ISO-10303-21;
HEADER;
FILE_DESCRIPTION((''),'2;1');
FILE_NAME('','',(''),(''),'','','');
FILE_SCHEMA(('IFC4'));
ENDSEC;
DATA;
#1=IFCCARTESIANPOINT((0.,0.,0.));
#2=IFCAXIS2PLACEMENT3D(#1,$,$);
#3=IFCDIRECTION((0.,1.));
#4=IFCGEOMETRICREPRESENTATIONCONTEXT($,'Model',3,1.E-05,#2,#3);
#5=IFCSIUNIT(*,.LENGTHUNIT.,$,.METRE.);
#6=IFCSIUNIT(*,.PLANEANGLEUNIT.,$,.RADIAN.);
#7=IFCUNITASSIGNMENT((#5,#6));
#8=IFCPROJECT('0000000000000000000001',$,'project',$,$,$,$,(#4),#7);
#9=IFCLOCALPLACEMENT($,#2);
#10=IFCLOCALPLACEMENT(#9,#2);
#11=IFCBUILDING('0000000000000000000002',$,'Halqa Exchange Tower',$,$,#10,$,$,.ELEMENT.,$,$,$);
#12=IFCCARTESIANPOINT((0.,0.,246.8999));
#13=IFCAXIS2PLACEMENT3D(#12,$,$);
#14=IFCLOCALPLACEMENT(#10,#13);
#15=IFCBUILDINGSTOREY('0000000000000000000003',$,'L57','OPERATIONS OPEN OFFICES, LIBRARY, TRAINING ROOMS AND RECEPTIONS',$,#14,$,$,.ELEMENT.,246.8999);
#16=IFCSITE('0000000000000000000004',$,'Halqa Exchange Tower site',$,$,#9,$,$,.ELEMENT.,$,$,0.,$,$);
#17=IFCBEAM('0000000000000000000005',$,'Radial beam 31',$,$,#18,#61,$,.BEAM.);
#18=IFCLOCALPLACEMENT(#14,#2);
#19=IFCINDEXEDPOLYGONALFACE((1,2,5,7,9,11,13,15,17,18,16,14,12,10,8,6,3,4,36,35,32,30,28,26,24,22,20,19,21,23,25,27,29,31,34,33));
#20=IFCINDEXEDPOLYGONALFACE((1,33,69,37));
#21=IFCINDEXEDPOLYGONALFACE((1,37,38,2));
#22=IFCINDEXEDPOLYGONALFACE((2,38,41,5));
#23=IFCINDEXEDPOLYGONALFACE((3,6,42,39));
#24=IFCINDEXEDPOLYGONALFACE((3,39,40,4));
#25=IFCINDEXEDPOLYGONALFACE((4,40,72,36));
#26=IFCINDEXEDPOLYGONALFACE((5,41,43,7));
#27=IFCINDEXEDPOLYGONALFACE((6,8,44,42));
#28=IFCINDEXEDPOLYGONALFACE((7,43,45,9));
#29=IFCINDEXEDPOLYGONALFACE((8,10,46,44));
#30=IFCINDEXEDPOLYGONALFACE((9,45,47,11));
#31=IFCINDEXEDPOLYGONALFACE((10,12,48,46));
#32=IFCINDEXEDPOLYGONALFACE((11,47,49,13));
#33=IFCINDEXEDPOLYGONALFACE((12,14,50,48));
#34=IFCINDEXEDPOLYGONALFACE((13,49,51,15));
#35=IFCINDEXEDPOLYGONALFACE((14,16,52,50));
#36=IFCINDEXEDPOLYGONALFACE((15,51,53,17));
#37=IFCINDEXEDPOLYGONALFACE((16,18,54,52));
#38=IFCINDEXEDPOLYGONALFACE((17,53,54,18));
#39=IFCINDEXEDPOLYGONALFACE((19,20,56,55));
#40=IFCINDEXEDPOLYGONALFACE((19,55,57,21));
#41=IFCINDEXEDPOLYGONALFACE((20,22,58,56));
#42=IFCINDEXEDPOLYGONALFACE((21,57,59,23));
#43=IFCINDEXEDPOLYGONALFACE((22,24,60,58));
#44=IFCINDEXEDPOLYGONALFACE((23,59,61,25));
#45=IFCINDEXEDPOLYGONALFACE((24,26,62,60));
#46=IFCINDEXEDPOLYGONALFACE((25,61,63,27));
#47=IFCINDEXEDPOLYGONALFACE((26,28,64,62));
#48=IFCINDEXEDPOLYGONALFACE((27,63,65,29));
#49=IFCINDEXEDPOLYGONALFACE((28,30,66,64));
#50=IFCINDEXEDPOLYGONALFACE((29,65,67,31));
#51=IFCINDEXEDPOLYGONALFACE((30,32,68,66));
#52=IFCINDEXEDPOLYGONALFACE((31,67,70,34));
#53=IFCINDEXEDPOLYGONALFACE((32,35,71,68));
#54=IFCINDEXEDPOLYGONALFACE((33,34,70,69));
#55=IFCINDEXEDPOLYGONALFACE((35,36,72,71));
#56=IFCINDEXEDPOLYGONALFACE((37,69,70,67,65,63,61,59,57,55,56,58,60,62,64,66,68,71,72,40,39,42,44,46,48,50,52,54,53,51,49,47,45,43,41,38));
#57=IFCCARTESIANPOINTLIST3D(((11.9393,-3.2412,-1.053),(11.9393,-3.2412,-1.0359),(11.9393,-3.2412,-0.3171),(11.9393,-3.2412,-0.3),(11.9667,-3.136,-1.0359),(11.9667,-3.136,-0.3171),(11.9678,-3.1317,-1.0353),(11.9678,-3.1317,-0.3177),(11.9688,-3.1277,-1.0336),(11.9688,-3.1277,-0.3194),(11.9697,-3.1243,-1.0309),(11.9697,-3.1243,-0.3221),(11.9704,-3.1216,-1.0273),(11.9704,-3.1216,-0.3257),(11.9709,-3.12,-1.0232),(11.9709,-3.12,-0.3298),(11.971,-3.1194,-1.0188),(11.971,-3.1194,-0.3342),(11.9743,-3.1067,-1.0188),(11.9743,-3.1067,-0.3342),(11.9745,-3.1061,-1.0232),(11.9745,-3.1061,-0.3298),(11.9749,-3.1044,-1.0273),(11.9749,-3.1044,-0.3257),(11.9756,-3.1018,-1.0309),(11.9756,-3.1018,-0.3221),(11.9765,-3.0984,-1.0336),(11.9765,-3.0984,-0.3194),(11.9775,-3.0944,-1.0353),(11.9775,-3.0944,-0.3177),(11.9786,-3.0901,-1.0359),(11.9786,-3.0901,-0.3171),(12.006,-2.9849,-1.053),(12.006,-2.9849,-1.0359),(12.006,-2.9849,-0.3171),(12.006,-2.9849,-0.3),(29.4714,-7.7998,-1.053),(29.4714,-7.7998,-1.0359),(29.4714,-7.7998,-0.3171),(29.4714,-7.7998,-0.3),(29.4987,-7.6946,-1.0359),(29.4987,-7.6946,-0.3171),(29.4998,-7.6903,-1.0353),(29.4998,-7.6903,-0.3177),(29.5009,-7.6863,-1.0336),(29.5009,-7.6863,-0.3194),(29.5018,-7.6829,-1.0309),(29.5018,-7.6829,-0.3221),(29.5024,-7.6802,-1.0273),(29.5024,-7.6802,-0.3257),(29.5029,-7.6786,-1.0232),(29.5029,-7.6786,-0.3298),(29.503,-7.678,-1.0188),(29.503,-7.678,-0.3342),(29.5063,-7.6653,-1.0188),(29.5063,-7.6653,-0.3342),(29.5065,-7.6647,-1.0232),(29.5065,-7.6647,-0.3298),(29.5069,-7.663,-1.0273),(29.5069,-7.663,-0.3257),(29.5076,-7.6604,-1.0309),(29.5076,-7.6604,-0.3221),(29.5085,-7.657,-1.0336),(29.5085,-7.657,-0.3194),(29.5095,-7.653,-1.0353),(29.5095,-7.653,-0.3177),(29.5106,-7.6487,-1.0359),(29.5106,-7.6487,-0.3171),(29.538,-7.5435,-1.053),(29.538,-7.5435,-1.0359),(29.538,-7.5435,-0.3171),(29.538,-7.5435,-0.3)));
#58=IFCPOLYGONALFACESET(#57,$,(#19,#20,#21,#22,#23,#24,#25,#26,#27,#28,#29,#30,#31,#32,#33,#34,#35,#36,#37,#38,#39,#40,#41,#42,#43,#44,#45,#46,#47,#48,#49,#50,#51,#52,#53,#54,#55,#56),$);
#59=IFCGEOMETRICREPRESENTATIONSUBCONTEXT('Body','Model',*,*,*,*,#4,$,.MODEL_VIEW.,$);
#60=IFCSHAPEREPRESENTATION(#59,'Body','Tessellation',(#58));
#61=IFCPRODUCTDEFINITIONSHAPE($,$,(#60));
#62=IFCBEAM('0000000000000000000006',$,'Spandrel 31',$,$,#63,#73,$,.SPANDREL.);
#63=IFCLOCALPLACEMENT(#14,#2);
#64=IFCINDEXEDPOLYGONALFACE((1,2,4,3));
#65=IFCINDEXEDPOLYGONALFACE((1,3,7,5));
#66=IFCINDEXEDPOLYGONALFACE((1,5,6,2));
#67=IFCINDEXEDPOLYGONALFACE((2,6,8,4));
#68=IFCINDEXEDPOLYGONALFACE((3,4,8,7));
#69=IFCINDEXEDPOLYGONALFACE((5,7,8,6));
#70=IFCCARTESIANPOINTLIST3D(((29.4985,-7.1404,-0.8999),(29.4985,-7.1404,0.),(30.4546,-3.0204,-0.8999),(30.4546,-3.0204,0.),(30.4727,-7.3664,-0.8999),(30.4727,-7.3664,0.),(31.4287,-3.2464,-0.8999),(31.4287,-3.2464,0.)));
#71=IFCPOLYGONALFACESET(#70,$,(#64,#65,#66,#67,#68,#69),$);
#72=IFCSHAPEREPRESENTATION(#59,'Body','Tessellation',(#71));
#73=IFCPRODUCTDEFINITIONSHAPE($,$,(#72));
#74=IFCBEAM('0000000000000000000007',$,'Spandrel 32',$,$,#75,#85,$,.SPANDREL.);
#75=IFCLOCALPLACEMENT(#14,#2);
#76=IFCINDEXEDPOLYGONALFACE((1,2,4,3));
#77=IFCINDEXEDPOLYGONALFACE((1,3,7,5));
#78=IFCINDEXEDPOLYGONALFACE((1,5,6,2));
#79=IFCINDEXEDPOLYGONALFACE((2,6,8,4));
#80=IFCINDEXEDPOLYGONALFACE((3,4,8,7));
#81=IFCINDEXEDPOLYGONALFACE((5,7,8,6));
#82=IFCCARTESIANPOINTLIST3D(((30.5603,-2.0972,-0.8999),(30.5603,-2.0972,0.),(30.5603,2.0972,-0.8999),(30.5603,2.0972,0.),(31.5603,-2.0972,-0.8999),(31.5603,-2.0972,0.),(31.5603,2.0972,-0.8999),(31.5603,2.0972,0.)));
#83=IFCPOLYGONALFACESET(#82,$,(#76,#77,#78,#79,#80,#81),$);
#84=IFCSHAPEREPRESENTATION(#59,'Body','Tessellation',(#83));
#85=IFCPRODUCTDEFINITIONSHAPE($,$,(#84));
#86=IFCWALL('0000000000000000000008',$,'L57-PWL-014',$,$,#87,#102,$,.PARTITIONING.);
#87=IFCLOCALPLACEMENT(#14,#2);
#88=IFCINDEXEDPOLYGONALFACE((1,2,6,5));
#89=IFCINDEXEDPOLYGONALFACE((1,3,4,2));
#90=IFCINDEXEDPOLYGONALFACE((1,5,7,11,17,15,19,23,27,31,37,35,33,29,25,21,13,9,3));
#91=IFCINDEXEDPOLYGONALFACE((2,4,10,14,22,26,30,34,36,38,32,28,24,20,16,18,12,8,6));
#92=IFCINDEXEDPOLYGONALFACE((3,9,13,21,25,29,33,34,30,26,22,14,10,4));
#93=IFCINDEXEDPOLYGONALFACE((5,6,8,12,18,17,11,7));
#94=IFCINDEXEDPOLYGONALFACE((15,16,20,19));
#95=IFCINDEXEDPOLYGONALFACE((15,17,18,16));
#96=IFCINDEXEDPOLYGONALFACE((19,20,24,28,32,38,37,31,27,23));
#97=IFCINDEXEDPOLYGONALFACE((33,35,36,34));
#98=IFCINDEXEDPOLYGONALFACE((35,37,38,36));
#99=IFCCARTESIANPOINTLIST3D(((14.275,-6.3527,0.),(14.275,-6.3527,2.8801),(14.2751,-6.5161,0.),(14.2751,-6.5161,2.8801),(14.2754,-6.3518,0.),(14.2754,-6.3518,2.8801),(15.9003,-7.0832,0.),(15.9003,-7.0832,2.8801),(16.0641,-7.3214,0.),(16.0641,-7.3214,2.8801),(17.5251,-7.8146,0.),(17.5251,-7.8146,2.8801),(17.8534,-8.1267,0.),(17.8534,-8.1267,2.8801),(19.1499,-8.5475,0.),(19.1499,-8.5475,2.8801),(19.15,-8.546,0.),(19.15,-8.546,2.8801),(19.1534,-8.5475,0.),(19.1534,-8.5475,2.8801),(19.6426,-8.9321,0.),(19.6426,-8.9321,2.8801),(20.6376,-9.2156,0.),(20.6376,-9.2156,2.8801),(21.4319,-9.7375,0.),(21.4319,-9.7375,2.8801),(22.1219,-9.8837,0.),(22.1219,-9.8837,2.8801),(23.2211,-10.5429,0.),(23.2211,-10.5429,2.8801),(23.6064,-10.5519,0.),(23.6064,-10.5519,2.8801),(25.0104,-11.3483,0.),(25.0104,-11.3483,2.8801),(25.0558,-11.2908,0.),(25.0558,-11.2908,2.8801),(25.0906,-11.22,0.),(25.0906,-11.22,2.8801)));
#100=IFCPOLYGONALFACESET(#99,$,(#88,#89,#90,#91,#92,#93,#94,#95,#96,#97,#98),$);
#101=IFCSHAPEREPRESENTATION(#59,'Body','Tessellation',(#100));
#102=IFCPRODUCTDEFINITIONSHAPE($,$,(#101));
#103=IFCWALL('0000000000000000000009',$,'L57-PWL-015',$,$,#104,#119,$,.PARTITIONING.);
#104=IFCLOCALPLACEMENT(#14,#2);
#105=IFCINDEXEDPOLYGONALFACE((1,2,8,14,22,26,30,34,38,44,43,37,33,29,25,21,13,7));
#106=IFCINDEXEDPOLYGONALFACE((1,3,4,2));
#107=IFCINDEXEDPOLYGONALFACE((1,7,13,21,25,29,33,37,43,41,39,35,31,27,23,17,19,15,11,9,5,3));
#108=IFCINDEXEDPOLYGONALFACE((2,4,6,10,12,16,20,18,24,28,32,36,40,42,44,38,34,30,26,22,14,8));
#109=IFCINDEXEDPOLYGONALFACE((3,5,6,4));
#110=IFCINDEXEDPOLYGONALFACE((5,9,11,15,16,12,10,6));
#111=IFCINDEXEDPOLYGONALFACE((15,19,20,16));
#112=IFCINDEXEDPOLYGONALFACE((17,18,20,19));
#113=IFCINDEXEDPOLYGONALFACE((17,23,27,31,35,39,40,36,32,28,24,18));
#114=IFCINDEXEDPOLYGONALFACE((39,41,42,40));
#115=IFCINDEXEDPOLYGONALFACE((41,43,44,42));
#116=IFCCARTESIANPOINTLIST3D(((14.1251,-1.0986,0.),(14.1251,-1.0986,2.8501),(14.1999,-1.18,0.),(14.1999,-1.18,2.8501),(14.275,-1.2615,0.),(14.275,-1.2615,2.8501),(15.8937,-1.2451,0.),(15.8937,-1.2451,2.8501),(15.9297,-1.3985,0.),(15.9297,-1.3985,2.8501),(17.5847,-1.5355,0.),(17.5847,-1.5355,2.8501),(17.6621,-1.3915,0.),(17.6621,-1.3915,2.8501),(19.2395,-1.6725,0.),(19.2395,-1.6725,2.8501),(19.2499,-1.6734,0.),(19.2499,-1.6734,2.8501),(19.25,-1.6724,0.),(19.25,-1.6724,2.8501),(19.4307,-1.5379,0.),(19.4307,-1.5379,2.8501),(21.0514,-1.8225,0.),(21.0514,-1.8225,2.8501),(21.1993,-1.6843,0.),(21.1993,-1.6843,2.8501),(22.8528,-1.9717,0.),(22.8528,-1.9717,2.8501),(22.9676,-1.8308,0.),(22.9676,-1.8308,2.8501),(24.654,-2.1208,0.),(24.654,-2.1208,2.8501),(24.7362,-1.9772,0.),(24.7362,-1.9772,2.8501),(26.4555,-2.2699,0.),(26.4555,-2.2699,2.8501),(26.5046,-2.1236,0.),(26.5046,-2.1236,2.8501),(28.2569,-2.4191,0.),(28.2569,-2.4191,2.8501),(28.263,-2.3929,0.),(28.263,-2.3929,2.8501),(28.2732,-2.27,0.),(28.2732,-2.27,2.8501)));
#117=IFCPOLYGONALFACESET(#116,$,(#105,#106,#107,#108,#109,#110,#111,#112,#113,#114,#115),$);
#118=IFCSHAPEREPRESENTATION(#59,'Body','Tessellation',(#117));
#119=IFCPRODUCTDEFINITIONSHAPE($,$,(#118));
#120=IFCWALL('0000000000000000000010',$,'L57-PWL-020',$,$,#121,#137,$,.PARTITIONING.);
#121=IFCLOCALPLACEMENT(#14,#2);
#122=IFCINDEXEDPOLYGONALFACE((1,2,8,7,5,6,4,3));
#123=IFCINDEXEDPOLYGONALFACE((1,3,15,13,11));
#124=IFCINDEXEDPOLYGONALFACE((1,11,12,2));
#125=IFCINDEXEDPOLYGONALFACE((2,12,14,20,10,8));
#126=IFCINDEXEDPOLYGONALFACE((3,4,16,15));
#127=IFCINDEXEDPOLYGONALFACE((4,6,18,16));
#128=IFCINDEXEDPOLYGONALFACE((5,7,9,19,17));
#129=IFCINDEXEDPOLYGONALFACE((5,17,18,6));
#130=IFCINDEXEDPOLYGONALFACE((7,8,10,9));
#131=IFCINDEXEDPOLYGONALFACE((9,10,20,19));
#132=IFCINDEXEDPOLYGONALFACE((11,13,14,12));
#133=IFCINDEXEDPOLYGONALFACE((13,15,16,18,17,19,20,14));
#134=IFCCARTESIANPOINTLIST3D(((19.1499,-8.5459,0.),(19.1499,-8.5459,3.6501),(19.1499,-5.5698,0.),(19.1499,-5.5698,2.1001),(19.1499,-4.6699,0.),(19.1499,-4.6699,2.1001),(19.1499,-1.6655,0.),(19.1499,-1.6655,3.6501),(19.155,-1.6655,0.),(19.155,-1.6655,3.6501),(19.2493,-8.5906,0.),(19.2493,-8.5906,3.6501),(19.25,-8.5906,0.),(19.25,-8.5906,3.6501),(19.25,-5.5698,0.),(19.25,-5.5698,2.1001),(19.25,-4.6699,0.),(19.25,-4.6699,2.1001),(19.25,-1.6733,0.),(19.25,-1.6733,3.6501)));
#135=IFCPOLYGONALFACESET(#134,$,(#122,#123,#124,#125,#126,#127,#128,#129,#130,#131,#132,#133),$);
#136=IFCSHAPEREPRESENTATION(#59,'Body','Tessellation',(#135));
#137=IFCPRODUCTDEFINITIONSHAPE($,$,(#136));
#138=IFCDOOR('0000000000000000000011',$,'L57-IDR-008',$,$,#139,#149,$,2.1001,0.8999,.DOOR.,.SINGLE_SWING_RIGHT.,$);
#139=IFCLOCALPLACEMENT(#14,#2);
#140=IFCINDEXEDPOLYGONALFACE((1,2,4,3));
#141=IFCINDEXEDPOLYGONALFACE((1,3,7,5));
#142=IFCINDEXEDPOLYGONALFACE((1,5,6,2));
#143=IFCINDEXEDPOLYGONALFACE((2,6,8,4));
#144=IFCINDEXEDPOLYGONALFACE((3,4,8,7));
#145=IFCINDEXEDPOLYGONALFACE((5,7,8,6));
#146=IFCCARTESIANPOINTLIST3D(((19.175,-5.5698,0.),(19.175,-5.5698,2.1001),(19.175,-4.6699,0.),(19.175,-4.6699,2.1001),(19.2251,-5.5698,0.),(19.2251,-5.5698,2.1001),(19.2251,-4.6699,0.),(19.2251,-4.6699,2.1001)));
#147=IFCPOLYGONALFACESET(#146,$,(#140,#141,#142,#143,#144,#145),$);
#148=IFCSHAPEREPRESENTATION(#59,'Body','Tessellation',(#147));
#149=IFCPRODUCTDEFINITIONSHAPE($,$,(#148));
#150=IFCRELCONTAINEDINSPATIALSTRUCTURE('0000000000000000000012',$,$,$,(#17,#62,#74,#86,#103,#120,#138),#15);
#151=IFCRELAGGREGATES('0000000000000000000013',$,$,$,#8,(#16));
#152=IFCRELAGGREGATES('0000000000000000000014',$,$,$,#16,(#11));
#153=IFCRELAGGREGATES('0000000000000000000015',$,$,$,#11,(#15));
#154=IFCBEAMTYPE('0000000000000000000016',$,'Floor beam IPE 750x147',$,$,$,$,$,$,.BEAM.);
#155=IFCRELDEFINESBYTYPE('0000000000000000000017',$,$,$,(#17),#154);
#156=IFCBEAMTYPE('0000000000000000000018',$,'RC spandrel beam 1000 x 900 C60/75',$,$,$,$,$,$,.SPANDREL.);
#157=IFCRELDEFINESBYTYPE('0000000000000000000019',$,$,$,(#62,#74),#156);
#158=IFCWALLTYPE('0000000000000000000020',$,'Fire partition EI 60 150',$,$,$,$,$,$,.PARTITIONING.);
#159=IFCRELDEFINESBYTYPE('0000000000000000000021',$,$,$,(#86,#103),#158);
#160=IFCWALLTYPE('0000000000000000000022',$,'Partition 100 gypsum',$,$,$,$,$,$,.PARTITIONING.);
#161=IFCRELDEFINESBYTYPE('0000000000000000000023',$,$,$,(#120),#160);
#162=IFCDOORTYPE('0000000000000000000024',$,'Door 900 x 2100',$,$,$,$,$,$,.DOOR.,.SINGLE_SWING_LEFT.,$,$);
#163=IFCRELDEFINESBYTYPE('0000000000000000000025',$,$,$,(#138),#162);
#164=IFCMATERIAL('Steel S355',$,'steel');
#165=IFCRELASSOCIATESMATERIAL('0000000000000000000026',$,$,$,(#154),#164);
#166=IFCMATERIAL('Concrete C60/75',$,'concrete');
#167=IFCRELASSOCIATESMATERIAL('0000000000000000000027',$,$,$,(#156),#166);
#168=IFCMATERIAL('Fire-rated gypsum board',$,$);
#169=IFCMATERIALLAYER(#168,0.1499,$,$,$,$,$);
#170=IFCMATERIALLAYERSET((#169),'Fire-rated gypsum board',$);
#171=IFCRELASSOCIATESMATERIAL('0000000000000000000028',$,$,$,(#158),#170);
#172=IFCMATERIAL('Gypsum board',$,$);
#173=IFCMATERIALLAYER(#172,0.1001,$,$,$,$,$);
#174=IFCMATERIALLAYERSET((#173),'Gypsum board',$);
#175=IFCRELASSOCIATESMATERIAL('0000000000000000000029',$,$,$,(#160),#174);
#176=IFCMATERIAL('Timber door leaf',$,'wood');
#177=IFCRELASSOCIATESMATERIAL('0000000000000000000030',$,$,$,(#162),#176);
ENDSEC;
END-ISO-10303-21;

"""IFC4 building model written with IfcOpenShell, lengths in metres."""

from ifc_helpers import new_model, si_unit, direction, frame, frame_2d, origin, origin_2d, place, context, subcontext, project, spatial, polyline, rectangle, i_section, outline, extrude, material, layer, layer_set, material_profile, profile_set, type_object, element, fill, save


model = new_model("IFC4")

# Units and contexts
model_context = context("Model", 3, precision=1e-05, world=origin(), true_north=direction((0.0, 1.0)))
body_context = subcontext(model_context, "Body", "Model", "MODEL_VIEW")
ifc_project = project(units=[si_unit("LENGTHUNIT", "METRE"), si_unit("PLANEANGLEUNIT", "RADIAN")], contexts=[model_context])

# Site, building, storey
site_placement = place(None, origin())
site = spatial("IfcSite", under=ifc_project, at=site_placement, Name="Halqa Exchange Tower site", CompositionType="ELEMENT", RefElevation=0.0)
building_placement = place(site_placement, origin())
building = spatial("IfcBuilding", under=site, at=building_placement, Name="Halqa Exchange Tower", CompositionType="ELEMENT")
storey_placement = place(building_placement, frame((0.0, 0.0, 246.8999)))
storey = spatial("IfcBuildingStorey", under=building, at=storey_placement, Name="L57", Description="OPERATIONS OPEN OFFICES, LIBRARY, TRAINING ROOMS AND RECEPTIONS", CompositionType="ELEMENT", Elevation=246.8999)

# Shared definitions
ifc_material_1 = material(Name="Concrete C60/75", Category="concrete")

# Beams
ifc_material_2 = material(Name="Steel S355", Category="steel")
ifc_material_profile_1 = material_profile(ifc_material_2, i_section(OverallWidth=0.2649, OverallDepth=0.7529, WebThickness=0.0132, FlangeThickness=0.0171, FilletRadius=0.0171, at=origin_2d()), Name="IPE 750x147")
ifc_profile_set_1 = profile_set([ifc_material_profile_1], Name="Steel S355")
beam_type_1 = type_object("IfcBeamType", Name="Floor beam IPE 750x147", PredefinedType="BEAM", material=ifc_profile_set_1)
beam_1_placement = place(storey_placement, frame((11.9727, -3.113, -0.6765), z_axis=(0.967819, -0.251648, 0.0), x_axis=(0.251648, 0.967819, 0.0)))
element("IfcBeam", 1, at=beam_1_placement, inside=storey, type_object=beam_type_1, Name="Radial beam 31", PredefinedType="BEAM", context=body_context, shape_type="SweptSolid", body=[
    extrude(i_section(OverallWidth=0.2649, OverallDepth=0.7529, WebThickness=0.0132, FlangeThickness=0.0171, FilletRadius=0.0171, at=origin_2d()), origin(), (0.0, 0.0, 1.0), 18.115),
])
ifc_material_profile_2 = material_profile(ifc_material_1, rectangle(XDim=1.0, YDim=0.8999, at=origin_2d()), Name="1000 x 900")
ifc_profile_set_2 = profile_set([ifc_material_profile_2], Name="Concrete C60/75")
beam_type_2 = type_object("IfcBeamType", Name="RC spandrel beam 1000 x 900 C60/75", PredefinedType="SPANDREL", material=ifc_profile_set_2)
beam_2_placement = place(storey_placement, frame((29.9856, -7.2534, -0.45), z_axis=(0.22604, 0.974118, 0.0), x_axis=(-0.974118, 0.22604, 0.0)))
element("IfcBeam", 2, at=beam_2_placement, inside=storey, type_object=beam_type_2, Name="Spandrel 31", PredefinedType="SPANDREL", context=body_context, shape_type="SweptSolid", body=[
    extrude(rectangle(XDim=1.0, YDim=0.8999, at=origin_2d()), origin(), (0.0, 0.0, 1.0), 4.2295),
])
beam_3_placement = place(storey_placement, frame((31.0603, -2.0972, -0.45), z_axis=(0.0, 1.0, 0.0), x_axis=(-1.0, 0.0, 0.0)))
element("IfcBeam", 3, at=beam_3_placement, inside=storey, type_object=beam_type_2, Name="Spandrel 32", PredefinedType="SPANDREL", context=body_context, shape_type="SweptSolid", body=[
    extrude(rectangle(XDim=1.0, YDim=0.8999, at=origin_2d()), origin(), (0.0, 0.0, 1.0), 4.1943),
])

# Walls
ifc_material_3 = material(Name="Fire-rated gypsum board")
ifc_layer_1 = layer(ifc_material_3, 0.1499)
ifc_layer_set_1 = layer_set([ifc_layer_1], Name="Fire-rated gypsum board")
wall_type_1 = type_object("IfcWallType", Name="Fire partition EI 60 150", PredefinedType="PARTITIONING", material=ifc_layer_set_1)
wall_1_placement = place(storey_placement, frame((14.2446, -6.4202, 0.0), z_axis=(0.0, 0.0, 1.0), x_axis=(0.91188, -0.410458, 0.0)))
element("IfcWall", 4, at=wall_1_placement, inside=storey, type_object=wall_type_1, Name="L57-PWL-014", PredefinedType="PARTITIONING", context=body_context, shape_type="SweptSolid", body=[
    extrude(outline(polyline([(0.0671, -0.075), (2.0291, -0.075), (3.9912, -0.075), (5.9534, -0.075), (7.9155, -0.075), (9.8777, -0.075), (11.8398, -0.075), (11.8577, -0.0039), (11.8604, 0.075), (10.2327, 0.075), (8.6047, 0.075), (6.9771, 0.075), (5.3494, 0.075), (5.3462, 0.0735), (5.3457, 0.075), (3.5637, 0.075), (1.782, 0.075), (0.0, 0.075), (0.0, 0.074), (0.0671, -0.075)])), origin(), (0.0, 0.0, 1.0), 2.8801),
])
wall_2_placement = place(storey_placement, frame((14.1189, -1.1733, 0.0), z_axis=(0.0, 0.0, 1.0), x_axis=(0.99659, -0.082512, 0.0)))
element("IfcWall", 5, at=wall_2_placement, inside=storey, type_object=wall_type_1, Name="L57-PWL-015", PredefinedType="PARTITIONING", context=body_context, shape_type="SweptSolid", body=[
    extrude(outline(polyline([(0.1628, -0.075), (1.8232, -0.075), (3.4839, -0.075), (5.1443, -0.075), (5.1548, -0.074), (5.1548, -0.075), (6.9624, -0.075), (8.77, -0.075), (10.5774, -0.075), (12.385, -0.075), (14.1926, -0.075), (14.1965, -0.0483), (14.1965, 0.075), (12.4219, 0.075), (10.6475, 0.075), (8.8728, 0.075), (7.0984, 0.075), (5.3237, 0.075), (3.5491, 0.075), (1.7747, 0.075), (0.0, 0.075), (0.0813, 0.0), (0.1628, -0.075)])), origin(), (0.0, 0.0, 1.0), 2.8501),
])

# Wall, opening, door
ifc_material_4 = material(Name="Gypsum board")
ifc_layer_2 = layer(ifc_material_4, 0.1001)
ifc_layer_set_2 = layer_set([ifc_layer_2], Name="Gypsum board")
wall_type_2 = type_object("IfcWallType", Name="Partition 100 gypsum", PredefinedType="PARTITIONING", material=ifc_layer_set_2)
wall_3_placement = place(storey_placement, frame((19.2, -1.6655, 0.0), z_axis=(0.0, 0.0, 1.0), x_axis=(0.0, -1.0, 0.0)))
wall_3 = element("IfcWall", 6, at=wall_3_placement, inside=storey, type_object=wall_type_2, Name="L57-PWL-020", PredefinedType="PARTITIONING", context=body_context, shape_type="SweptSolid", body=[
    extrude(outline(polyline([(0.0, -0.05), (1.72, -0.05), (3.4402, -0.05), (5.1602, -0.05), (6.8804, -0.05), (6.925, 0.0493), (6.925, 0.05), (5.1958, 0.05), (3.4666, 0.05), (1.7371, 0.05), (0.0078, 0.05), (0.0, -0.0449), (0.0, -0.05)])), origin(), (0.0, 0.0, 1.0), 3.6501),
])
opening_1_placement = place(wall_3_placement, frame((3.0044, 0.0, 0.0)))
opening_1 = element("IfcOpeningElement", 7, at=opening_1_placement, cuts=wall_3, PredefinedType="OPENING", context=body_context, shape_type="SweptSolid", body=[
    extrude(rectangle(XDim=0.8999, YDim=2.1001, at=frame_2d((0.45, 1.05))), frame((0.0, 0.062, 0.0), z_axis=(0.0, -1.0, 0.0), x_axis=(1.0, 0.0, 0.0)), (0.0, 0.0, 1.0), 0.124),
])
ifc_material_5 = material(Name="Timber door leaf", Category="wood")
door_type_1 = type_object("IfcDoorType", Name="Door 900 x 2100", OperationType="SINGLE_SWING_LEFT", PredefinedType="DOOR", material=ifc_material_5)
door_1_placement = place(opening_1_placement, frame((0.8999, 0.0, 0.0), z_axis=(0.0, 0.0, 1.0), x_axis=(-1.0, 0.0, 0.0)))
door_1 = element("IfcDoor", 8, at=door_1_placement, inside=storey, type_object=door_type_1, Name="L57-IDR-008", OperationType="SINGLE_SWING_RIGHT", OverallHeight=2.1001, OverallWidth=0.8999, PredefinedType="DOOR", context=body_context, shape_type="SweptSolid", body=[
    extrude(rectangle(XDim=0.8999, YDim=2.1001, at=frame_2d((0.45, 1.05))), frame((0.0, 0.0249, 0.0), z_axis=(0.0, -1.0, 0.0), x_axis=(1.0, 0.0, 0.0)), (0.0, 0.0, 1.0), 0.05),
])
fill(opening_1, door_1)

save(model, "model.ifc")
